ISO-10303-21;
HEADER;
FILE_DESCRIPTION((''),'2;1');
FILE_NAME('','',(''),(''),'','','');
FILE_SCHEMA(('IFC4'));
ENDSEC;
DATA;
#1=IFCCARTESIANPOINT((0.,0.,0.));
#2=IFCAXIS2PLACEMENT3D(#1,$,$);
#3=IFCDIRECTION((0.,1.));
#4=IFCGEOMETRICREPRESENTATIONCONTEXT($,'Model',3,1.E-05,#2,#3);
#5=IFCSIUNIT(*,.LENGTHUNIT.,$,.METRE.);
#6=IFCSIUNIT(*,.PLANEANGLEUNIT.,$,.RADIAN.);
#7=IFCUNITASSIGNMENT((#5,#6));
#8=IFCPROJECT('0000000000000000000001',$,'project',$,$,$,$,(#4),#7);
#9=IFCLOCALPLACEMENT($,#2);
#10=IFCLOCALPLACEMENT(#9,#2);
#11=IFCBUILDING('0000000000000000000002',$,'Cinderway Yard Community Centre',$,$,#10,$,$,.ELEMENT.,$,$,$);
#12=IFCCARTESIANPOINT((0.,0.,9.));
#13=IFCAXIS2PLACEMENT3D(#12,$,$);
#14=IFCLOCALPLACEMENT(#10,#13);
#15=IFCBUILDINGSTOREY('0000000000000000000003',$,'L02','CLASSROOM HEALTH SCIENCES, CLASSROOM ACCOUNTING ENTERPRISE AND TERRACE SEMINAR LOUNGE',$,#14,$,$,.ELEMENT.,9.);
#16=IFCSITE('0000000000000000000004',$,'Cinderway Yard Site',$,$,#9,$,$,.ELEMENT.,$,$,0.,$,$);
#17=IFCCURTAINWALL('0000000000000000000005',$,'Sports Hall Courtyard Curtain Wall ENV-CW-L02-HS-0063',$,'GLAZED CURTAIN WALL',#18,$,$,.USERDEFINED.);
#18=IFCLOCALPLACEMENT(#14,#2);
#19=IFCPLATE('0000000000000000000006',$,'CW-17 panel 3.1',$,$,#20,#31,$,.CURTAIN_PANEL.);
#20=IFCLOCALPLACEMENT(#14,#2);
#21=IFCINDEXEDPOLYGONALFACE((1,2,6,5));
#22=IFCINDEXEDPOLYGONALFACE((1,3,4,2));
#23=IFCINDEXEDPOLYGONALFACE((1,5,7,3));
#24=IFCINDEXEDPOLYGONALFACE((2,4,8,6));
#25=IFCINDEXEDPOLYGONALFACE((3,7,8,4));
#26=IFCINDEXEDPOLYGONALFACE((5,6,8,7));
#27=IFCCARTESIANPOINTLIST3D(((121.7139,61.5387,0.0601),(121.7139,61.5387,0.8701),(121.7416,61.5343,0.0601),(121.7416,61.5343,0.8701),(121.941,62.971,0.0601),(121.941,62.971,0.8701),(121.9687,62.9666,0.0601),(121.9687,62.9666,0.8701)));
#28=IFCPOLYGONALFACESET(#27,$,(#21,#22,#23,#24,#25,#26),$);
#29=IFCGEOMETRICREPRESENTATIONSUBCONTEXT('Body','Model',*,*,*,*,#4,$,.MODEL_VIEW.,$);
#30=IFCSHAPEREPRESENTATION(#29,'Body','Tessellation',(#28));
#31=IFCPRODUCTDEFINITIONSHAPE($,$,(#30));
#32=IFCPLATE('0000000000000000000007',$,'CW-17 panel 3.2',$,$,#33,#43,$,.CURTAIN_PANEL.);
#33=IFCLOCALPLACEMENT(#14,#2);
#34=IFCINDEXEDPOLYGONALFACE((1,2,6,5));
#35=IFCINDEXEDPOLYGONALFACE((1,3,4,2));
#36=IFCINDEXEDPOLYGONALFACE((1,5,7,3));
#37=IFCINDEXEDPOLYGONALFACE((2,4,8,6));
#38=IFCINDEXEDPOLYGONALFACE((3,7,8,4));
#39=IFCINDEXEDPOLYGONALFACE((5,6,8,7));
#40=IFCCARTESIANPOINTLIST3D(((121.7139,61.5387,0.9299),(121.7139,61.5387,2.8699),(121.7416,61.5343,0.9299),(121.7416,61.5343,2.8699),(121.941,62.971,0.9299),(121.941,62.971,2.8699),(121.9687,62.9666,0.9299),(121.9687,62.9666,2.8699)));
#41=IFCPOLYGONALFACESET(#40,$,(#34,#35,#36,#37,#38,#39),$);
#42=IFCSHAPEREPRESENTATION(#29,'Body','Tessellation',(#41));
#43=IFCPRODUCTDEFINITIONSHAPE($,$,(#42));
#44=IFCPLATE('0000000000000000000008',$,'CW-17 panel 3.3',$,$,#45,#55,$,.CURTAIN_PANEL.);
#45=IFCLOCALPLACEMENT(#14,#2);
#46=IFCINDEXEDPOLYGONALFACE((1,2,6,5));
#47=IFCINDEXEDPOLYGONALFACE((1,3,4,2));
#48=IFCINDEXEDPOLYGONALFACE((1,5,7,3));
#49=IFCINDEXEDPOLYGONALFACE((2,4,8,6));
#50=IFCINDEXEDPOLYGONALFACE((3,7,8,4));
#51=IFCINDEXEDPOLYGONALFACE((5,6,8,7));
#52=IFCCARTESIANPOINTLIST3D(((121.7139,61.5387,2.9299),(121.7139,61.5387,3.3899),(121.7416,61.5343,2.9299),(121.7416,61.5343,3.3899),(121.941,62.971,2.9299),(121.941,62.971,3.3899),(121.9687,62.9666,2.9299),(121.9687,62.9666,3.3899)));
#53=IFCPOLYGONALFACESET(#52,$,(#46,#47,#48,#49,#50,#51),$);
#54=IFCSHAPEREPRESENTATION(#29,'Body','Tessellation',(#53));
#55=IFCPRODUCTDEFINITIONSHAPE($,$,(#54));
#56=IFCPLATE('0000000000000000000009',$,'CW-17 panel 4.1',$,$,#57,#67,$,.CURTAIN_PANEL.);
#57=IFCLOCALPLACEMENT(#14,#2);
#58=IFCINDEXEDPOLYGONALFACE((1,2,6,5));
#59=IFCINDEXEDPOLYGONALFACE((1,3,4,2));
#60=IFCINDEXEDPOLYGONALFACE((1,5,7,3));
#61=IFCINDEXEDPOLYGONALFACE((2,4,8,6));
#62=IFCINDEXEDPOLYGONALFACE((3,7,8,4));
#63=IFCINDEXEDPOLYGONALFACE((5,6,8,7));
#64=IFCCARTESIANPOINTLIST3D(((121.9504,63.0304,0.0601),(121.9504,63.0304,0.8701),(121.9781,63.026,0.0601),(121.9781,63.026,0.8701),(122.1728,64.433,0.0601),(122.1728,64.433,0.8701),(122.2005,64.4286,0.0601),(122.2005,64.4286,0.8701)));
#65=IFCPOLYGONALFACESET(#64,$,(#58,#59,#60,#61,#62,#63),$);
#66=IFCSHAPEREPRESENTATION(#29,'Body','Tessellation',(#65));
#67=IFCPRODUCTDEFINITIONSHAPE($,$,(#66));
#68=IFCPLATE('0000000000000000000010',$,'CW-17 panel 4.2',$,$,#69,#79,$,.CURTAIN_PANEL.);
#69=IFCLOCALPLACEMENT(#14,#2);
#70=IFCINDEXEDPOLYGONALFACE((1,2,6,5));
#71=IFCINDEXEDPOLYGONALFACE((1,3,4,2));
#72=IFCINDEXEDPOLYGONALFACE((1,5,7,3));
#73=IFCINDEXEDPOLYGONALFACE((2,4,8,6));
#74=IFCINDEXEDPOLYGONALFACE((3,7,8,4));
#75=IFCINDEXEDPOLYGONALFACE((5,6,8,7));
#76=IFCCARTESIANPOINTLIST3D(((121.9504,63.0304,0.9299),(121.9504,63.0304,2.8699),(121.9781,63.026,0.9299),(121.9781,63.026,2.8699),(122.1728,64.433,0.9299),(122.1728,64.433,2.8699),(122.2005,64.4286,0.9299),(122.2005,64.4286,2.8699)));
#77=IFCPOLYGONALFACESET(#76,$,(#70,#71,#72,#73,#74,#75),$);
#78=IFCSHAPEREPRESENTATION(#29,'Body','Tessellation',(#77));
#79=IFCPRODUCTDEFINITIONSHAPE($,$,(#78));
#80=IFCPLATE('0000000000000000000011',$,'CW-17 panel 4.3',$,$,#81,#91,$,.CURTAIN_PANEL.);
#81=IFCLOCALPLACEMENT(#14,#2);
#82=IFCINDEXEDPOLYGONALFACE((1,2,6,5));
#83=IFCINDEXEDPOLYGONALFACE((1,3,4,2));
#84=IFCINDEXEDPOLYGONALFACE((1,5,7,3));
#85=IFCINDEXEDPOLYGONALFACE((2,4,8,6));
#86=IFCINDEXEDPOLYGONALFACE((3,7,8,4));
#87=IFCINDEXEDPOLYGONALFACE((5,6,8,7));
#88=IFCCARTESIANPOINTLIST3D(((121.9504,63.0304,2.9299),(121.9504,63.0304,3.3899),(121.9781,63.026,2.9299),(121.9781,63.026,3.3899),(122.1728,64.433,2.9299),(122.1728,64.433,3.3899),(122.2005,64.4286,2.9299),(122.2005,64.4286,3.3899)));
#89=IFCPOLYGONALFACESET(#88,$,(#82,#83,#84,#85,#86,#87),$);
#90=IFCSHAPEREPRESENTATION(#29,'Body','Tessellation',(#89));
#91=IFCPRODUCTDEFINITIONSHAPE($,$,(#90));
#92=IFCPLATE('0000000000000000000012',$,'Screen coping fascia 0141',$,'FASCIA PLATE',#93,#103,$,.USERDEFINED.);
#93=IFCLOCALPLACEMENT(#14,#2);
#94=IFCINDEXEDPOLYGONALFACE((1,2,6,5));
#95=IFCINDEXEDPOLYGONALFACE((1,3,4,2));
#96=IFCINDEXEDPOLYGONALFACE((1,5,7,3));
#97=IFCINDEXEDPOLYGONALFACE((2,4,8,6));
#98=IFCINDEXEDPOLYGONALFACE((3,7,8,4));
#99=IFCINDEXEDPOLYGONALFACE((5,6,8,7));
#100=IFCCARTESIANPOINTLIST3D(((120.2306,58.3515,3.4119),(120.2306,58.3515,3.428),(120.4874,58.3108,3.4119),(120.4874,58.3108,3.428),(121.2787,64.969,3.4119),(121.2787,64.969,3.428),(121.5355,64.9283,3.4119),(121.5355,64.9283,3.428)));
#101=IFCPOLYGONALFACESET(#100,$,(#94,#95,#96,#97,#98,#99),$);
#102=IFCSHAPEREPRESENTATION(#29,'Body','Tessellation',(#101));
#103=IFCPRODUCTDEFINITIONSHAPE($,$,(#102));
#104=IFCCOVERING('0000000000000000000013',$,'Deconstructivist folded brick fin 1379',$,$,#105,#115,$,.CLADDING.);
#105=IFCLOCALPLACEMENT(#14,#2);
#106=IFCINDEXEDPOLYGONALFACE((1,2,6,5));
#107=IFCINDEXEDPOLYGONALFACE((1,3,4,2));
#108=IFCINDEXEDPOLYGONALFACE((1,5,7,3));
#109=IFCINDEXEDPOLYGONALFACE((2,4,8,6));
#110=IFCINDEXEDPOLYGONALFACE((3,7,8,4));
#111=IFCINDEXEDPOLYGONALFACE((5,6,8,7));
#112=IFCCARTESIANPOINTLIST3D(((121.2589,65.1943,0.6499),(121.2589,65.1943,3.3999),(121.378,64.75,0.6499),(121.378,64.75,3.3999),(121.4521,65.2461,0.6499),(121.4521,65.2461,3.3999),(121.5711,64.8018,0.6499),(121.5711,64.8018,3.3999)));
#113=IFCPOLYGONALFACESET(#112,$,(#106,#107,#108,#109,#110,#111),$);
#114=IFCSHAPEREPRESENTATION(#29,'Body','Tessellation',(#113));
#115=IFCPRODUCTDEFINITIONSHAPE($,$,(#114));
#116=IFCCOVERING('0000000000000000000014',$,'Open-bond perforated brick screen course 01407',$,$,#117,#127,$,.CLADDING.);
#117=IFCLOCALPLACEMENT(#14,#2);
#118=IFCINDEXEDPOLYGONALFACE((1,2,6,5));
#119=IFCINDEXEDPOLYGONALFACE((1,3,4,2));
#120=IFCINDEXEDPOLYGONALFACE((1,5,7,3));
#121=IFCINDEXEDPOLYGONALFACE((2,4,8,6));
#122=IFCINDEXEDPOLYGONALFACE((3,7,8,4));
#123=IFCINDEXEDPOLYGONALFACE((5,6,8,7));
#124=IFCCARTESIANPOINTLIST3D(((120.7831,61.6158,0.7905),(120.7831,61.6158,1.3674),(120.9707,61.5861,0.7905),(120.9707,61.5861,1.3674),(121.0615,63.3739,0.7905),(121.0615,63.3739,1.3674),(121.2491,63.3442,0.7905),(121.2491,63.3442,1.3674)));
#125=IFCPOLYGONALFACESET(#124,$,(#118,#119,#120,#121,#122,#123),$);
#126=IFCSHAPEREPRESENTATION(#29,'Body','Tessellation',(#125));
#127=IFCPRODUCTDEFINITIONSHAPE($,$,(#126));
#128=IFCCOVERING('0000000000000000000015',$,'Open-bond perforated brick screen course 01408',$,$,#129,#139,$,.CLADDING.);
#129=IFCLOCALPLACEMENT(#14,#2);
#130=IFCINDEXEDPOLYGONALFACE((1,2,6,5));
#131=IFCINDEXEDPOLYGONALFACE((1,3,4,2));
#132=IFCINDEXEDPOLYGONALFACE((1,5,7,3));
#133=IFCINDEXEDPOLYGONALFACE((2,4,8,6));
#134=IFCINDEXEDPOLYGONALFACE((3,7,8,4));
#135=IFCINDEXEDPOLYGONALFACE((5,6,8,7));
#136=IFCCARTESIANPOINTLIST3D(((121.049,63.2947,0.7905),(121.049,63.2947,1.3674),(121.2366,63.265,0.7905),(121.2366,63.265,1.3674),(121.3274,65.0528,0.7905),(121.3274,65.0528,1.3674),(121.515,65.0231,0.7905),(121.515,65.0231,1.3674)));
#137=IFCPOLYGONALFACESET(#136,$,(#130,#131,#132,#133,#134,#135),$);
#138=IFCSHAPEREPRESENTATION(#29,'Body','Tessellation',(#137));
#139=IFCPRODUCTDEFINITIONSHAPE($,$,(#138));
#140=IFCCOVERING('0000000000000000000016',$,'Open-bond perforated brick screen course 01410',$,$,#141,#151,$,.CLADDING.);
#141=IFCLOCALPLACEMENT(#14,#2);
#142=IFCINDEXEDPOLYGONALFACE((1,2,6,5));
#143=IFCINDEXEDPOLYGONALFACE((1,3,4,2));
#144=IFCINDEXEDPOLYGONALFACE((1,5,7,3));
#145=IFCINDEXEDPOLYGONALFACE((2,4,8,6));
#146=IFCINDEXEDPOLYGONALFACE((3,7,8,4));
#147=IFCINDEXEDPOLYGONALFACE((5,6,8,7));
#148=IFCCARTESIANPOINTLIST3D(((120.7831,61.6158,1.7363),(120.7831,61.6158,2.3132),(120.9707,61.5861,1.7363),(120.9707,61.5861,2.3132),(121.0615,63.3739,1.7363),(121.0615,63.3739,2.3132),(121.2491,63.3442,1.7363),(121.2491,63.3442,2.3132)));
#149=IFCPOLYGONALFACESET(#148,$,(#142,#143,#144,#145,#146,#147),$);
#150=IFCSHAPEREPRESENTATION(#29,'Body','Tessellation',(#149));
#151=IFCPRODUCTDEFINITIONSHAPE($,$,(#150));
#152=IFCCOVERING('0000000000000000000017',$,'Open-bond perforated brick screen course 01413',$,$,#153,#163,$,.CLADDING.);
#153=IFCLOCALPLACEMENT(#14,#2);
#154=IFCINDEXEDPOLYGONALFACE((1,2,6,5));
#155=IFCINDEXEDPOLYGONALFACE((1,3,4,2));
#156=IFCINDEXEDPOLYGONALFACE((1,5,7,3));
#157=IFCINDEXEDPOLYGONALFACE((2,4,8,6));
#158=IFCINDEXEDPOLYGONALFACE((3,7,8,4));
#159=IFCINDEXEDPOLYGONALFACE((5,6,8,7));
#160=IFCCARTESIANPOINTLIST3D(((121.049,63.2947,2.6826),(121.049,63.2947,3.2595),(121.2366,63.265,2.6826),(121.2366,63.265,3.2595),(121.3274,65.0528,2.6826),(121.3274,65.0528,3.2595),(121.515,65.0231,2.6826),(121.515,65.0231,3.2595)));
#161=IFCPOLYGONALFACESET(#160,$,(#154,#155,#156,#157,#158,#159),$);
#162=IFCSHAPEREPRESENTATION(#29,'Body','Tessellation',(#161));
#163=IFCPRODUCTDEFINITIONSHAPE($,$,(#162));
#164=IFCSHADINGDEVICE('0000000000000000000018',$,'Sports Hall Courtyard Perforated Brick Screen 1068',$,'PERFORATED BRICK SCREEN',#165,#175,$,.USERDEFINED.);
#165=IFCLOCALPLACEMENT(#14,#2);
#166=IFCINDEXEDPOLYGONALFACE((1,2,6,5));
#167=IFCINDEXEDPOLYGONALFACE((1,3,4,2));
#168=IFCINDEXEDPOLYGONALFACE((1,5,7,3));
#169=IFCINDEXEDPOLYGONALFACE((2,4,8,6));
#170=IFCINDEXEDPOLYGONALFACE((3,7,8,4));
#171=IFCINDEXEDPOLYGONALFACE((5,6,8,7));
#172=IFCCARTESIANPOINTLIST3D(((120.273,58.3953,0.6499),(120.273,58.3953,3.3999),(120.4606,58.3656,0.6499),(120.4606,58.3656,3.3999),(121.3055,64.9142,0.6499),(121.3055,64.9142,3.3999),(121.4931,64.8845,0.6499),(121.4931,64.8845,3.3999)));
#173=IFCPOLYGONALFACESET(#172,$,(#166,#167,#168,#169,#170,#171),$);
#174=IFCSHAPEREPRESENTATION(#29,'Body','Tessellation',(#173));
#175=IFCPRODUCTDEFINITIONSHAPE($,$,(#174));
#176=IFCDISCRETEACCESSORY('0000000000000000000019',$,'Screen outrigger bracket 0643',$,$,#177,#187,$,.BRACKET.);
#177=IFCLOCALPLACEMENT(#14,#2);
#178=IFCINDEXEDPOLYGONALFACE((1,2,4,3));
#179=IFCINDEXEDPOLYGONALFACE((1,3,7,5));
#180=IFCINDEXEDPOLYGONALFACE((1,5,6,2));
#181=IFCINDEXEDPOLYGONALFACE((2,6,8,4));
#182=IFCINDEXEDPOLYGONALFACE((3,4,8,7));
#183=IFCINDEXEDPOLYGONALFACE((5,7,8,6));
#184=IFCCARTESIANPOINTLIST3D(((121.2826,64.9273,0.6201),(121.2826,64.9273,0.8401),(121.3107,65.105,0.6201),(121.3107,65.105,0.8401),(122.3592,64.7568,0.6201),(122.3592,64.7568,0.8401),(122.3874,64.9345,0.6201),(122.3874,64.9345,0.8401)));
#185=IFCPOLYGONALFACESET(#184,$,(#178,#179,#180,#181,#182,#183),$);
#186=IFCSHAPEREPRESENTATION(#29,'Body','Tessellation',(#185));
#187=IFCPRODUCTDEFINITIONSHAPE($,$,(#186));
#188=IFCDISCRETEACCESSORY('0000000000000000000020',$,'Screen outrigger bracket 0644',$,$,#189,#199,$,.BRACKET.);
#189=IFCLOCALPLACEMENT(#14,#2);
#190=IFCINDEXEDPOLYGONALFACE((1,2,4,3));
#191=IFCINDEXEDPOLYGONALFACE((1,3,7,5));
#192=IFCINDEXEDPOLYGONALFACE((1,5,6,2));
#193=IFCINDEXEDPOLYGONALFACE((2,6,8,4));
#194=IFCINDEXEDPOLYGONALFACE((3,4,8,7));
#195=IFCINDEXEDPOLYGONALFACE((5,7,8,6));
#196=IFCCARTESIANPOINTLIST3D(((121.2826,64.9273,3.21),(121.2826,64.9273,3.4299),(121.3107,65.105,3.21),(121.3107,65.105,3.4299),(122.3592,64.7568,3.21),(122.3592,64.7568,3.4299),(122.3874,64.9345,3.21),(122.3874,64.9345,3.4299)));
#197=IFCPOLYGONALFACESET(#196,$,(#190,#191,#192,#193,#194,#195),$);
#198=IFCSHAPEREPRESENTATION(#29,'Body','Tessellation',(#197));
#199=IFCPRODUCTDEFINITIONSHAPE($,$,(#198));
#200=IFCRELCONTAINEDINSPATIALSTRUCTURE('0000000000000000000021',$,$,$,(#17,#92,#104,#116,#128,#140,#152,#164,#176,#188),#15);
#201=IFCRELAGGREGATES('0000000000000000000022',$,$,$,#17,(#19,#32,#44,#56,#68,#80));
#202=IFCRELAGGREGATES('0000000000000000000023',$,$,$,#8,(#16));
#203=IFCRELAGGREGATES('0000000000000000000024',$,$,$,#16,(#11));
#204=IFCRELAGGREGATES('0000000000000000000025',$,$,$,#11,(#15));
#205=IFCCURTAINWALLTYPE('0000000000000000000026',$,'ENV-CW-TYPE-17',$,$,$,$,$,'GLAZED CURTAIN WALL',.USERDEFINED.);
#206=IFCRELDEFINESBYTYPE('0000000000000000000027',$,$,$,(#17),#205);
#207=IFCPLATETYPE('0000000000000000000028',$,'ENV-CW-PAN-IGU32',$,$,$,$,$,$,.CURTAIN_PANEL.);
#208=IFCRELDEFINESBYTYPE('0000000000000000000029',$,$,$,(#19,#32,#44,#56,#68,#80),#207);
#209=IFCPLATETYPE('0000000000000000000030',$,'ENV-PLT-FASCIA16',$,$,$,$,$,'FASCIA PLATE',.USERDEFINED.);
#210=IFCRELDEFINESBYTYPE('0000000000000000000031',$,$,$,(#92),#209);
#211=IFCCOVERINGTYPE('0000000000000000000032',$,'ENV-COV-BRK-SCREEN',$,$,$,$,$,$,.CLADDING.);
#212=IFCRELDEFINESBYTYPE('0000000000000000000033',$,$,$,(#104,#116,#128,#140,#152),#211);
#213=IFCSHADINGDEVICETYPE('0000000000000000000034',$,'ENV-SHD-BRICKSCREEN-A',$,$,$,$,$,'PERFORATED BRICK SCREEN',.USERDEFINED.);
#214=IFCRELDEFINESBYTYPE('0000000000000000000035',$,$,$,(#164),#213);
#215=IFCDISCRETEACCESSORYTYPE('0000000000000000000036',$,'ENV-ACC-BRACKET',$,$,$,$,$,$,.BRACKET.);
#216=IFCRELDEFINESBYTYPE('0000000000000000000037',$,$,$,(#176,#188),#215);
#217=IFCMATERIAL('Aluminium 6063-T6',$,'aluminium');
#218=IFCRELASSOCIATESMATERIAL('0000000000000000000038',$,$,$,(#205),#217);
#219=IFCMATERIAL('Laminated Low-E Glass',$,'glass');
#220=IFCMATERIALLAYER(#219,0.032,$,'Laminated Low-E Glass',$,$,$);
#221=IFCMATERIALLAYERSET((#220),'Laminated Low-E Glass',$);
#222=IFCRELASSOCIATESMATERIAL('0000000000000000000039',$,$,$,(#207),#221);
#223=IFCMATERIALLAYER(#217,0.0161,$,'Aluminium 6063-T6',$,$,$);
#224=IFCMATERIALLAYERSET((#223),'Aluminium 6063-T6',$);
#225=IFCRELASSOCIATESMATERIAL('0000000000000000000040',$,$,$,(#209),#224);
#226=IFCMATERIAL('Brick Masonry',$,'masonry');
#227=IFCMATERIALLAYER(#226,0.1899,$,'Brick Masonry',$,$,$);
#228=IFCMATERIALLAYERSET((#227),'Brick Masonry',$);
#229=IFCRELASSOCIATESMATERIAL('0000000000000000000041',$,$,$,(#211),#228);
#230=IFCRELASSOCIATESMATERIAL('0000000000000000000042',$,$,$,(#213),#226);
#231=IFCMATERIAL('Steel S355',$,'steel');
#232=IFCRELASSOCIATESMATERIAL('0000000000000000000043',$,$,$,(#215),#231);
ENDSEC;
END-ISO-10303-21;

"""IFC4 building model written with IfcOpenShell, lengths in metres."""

from ifc_helpers import new_model, si_unit, direction, frame, origin, origin_2d, place, context, subcontext, project, spatial, rectangle, extrude, material, layer, layer_set, type_object, element, aggregate, save


model = new_model("IFC4")

# Units and contexts
model_context = context("Model", 3, precision=1e-05, world=origin(), true_north=direction((0.0, 1.0)))
body_context = subcontext(model_context, "Body", "Model", "MODEL_VIEW")
ifc_project = project(units=[si_unit("LENGTHUNIT", "METRE"), si_unit("PLANEANGLEUNIT", "RADIAN")], contexts=[model_context])

# Site, building, storey
site_placement = place(None, origin())
site = spatial("IfcSite", under=ifc_project, at=site_placement, Name="Cinderway Yard Site", CompositionType="ELEMENT", RefElevation=0.0)
building_placement = place(site_placement, origin())
building = spatial("IfcBuilding", under=site, at=building_placement, Name="Cinderway Yard Community Centre", CompositionType="ELEMENT")
storey_placement = place(building_placement, frame((0.0, 0.0, 9.0)))
storey = spatial("IfcBuildingStorey", under=building, at=storey_placement, Name="L02", Description="CLASSROOM HEALTH SCIENCES, CLASSROOM ACCOUNTING ENTERPRISE AND TERRACE SEMINAR LOUNGE", CompositionType="ELEMENT", Elevation=9.0)

# Curtain wall
ifc_material_1 = material(Name="Aluminium 6063-T6", Category="aluminium")
curtain_wall_type = type_object("IfcCurtainWallType", Name="ENV-CW-TYPE-17", ElementType="GLAZED CURTAIN WALL", PredefinedType="USERDEFINED", material=ifc_material_1)
curtain_wall_placement = place(storey_placement, origin())
curtain_wall = element("IfcCurtainWall", 1, at=curtain_wall_placement, inside=storey, type_object=curtain_wall_type, Name="Sports Hall Courtyard Curtain Wall ENV-CW-L02-HS-0063", ObjectType="GLAZED CURTAIN WALL", PredefinedType="USERDEFINED")

# Shared definitions
ifc_material_2 = material(Name="Steel S355", Category="steel")

# Plates
ifc_material_3 = material(Name="Laminated Low-E Glass", Category="glass")
ifc_layer_1 = layer(ifc_material_3, 0.032, Name="Laminated Low-E Glass")
ifc_layer_set_1 = layer_set([ifc_layer_1], Name="Laminated Low-E Glass")
plate_type_1 = type_object("IfcPlateType", Name="ENV-CW-PAN-IGU32", PredefinedType="CURTAIN_PANEL", material=ifc_layer_set_1)
plate_1_placement = place(storey_placement, frame((121.8413, 62.2527, 0.0601), z_axis=(0.0, 0.0, 1.0), x_axis=(0.156609, 0.987661, 0.0)))
plate_1 = element("IfcPlate", 2, at=plate_1_placement, type_object=plate_type_1, Name="CW-17 panel 3.1", PredefinedType="CURTAIN_PANEL", context=body_context, shape_type="SweptSolid", body=[
    extrude(rectangle(XDim=1.4502, YDim=0.0281, at=origin_2d()), origin(), (0.0, 0.0, 1.0), 0.8101),
])
plate_2_placement = place(storey_placement, frame((121.8413, 62.2527, 0.9299), z_axis=(0.0, 0.0, 1.0), x_axis=(0.156609, 0.987661, 0.0)))
plate_2 = element("IfcPlate", 3, at=plate_2_placement, type_object=plate_type_1, Name="CW-17 panel 3.2", PredefinedType="CURTAIN_PANEL", context=body_context, shape_type="SweptSolid", body=[
    extrude(rectangle(XDim=1.4502, YDim=0.0281, at=origin_2d()), origin(), (0.0, 0.0, 1.0), 1.9399),
])
plate_3_placement = place(storey_placement, frame((121.8413, 62.2527, 2.9299), z_axis=(0.0, 0.0, 1.0), x_axis=(0.156609, 0.987661, 0.0)))
plate_3 = element("IfcPlate", 4, at=plate_3_placement, type_object=plate_type_1, Name="CW-17 panel 3.3", PredefinedType="CURTAIN_PANEL", context=body_context, shape_type="SweptSolid", body=[
    extrude(rectangle(XDim=1.4502, YDim=0.0281, at=origin_2d()), origin(), (0.0, 0.0, 1.0), 0.46),
])
plate_4_placement = place(storey_placement, frame((122.0754, 63.7295, 0.0601), z_axis=(0.0, 0.0, 1.0), x_axis=(0.156609, 0.987661, 0.0)))
plate_4 = element("IfcPlate", 5, at=plate_4_placement, type_object=plate_type_1, Name="CW-17 panel 4.1", PredefinedType="CURTAIN_PANEL", context=body_context, shape_type="SweptSolid", body=[
    extrude(rectangle(XDim=1.4202, YDim=0.0281, at=origin_2d()), origin(), (0.0, 0.0, 1.0), 0.8101),
])
plate_5_placement = place(storey_placement, frame((122.0754, 63.7295, 0.9299), z_axis=(0.0, 0.0, 1.0), x_axis=(0.156609, 0.987661, 0.0)))
plate_5 = element("IfcPlate", 6, at=plate_5_placement, type_object=plate_type_1, Name="CW-17 panel 4.2", PredefinedType="CURTAIN_PANEL", context=body_context, shape_type="SweptSolid", body=[
    extrude(rectangle(XDim=1.4202, YDim=0.0281, at=origin_2d()), origin(), (0.0, 0.0, 1.0), 1.9399),
])
plate_6_placement = place(storey_placement, frame((122.0754, 63.7295, 2.9299), z_axis=(0.0, 0.0, 1.0), x_axis=(0.156609, 0.987661, 0.0)))
plate_6 = element("IfcPlate", 7, at=plate_6_placement, type_object=plate_type_1, Name="CW-17 panel 4.3", PredefinedType="CURTAIN_PANEL", context=body_context, shape_type="SweptSolid", body=[
    extrude(rectangle(XDim=1.4202, YDim=0.0281, at=origin_2d()), origin(), (0.0, 0.0, 1.0), 0.46),
])
aggregate(curtain_wall, [plate_1, plate_2, plate_3, plate_4, plate_5, plate_6])
ifc_layer_2 = layer(ifc_material_1, 0.0161, Name="Aluminium 6063-T6")
ifc_layer_set_2 = layer_set([ifc_layer_2], Name="Aluminium 6063-T6")
plate_type_2 = type_object("IfcPlateType", Name="ENV-PLT-FASCIA16", ElementType="FASCIA PLATE", PredefinedType="USERDEFINED", material=ifc_layer_set_2)
plate_7_placement = place(storey_placement, frame((120.8831, 61.6399, 3.4119), z_axis=(0.0, 0.0, 1.0), x_axis=(0.156434, 0.987688, 0.0)))
element("IfcPlate", 8, at=plate_7_placement, inside=storey, type_object=plate_type_2, Name="Screen coping fascia 0141", ObjectType="FASCIA PLATE", PredefinedType="USERDEFINED", context=body_context, shape_type="SweptSolid", body=[
    extrude(rectangle(XDim=6.7, YDim=0.26, at=origin_2d()), origin(), (0.0, 0.0, 1.0), 0.0161),
])

# Coverings
ifc_material_4 = material(Name="Brick Masonry", Category="masonry")
ifc_layer_3 = layer(ifc_material_4, 0.1899, Name="Brick Masonry")
ifc_layer_set_3 = layer_set([ifc_layer_3], Name="Brick Masonry")
covering_type = type_object("IfcCoveringType", Name="ENV-COV-BRK-SCREEN", PredefinedType="CLADDING", material=ifc_layer_set_3)
covering_placement = place(storey_placement, frame((121.415, 64.998, 0.6499), z_axis=(0.0, 0.0, 1.0), x_axis=(-0.258819, 0.965926, 0.0)))
element("IfcCovering", 9, at=covering_placement, inside=storey, type_object=covering_type, Name="Deconstructivist folded brick fin 1379", PredefinedType="CLADDING", context=body_context, shape_type="SweptSolid", body=[
    extrude(rectangle(XDim=0.46, YDim=0.2, at=origin_2d()), origin(), (0.0, 0.0, 1.0), 2.75),
])
for number, where, z_axis, x_axis, name in (
    (10, (121.0161, 62.48, 0.7905), (0.0, 0.0, 1.0), (0.156434, 0.987688, 0.0), "Open-bond perforated brick screen course 01407"),
    (11, (121.282, 64.1589, 0.7905), (0.0, 0.0, 1.0), (0.156434, 0.987688, 0.0), "Open-bond perforated brick screen course 01408"),
    (12, (121.0161, 62.48, 1.7363), (0.0, 0.0, 1.0), (0.156434, 0.987688, 0.0), "Open-bond perforated brick screen course 01410"),
    (13, (121.282, 64.1589, 2.6826), (0.0, 0.0, 1.0), (0.156434, 0.987688, 0.0), "Open-bond perforated brick screen course 01413"),
):
    element("IfcCovering", number, at=place(storey_placement, frame(where, z_axis=z_axis, x_axis=x_axis)), inside=storey, type_object=covering_type, Name=name, PredefinedType="CLADDING", context=body_context, shape_type="SweptSolid", body=[
        extrude(rectangle(XDim=1.78, YDim=0.1899, at=origin_2d()), origin(), (0.0, 0.0, 1.0), 0.5769),
    ])

# Shading device
shading_device_type = type_object("IfcShadingDeviceType", Name="ENV-SHD-BRICKSCREEN-A", ElementType="PERFORATED BRICK SCREEN", PredefinedType="USERDEFINED", material=ifc_material_4)
shading_device_placement = place(storey_placement, frame((120.8831, 61.6399, 0.6499), z_axis=(0.0, 0.0, 1.0), x_axis=(0.156434, 0.987688, 0.0)))
element("IfcShadingDevice", 14, at=shading_device_placement, inside=storey, type_object=shading_device_type, Name="Sports Hall Courtyard Perforated Brick Screen 1068", ObjectType="PERFORATED BRICK SCREEN", PredefinedType="USERDEFINED", context=body_context, shape_type="SweptSolid", body=[
    extrude(rectangle(XDim=6.6001, YDim=0.1899, at=origin_2d()), origin(), (0.0, 0.0, 1.0), 2.75),
])

# Discrete accessories
discrete_accessory_type = type_object("IfcDiscreteAccessoryType", Name="ENV-ACC-BRACKET", PredefinedType="BRACKET", material=ifc_material_2)
for number, where, z_axis, x_axis, name in (
    (15, (121.835, 64.9309, 0.6201), (0.0, 0.0, 1.0), (-0.987688, 0.156434, 0.0), "Screen outrigger bracket 0643"),
    (16, (121.835, 64.9309, 3.21), (0.0, 0.0, 1.0), (-0.987688, 0.156434, 0.0), "Screen outrigger bracket 0644"),
):
    element("IfcDiscreteAccessory", number, at=place(storey_placement, frame(where, z_axis=z_axis, x_axis=x_axis)), inside=storey, type_object=discrete_accessory_type, Name=name, PredefinedType="BRACKET", context=body_context, shape_type="SweptSolid", body=[
        extrude(rectangle(XDim=1.0901, YDim=0.1799, at=origin_2d()), origin(), (0.0, 0.0, 1.0), 0.22),
    ])

save(model, "model.ifc")
